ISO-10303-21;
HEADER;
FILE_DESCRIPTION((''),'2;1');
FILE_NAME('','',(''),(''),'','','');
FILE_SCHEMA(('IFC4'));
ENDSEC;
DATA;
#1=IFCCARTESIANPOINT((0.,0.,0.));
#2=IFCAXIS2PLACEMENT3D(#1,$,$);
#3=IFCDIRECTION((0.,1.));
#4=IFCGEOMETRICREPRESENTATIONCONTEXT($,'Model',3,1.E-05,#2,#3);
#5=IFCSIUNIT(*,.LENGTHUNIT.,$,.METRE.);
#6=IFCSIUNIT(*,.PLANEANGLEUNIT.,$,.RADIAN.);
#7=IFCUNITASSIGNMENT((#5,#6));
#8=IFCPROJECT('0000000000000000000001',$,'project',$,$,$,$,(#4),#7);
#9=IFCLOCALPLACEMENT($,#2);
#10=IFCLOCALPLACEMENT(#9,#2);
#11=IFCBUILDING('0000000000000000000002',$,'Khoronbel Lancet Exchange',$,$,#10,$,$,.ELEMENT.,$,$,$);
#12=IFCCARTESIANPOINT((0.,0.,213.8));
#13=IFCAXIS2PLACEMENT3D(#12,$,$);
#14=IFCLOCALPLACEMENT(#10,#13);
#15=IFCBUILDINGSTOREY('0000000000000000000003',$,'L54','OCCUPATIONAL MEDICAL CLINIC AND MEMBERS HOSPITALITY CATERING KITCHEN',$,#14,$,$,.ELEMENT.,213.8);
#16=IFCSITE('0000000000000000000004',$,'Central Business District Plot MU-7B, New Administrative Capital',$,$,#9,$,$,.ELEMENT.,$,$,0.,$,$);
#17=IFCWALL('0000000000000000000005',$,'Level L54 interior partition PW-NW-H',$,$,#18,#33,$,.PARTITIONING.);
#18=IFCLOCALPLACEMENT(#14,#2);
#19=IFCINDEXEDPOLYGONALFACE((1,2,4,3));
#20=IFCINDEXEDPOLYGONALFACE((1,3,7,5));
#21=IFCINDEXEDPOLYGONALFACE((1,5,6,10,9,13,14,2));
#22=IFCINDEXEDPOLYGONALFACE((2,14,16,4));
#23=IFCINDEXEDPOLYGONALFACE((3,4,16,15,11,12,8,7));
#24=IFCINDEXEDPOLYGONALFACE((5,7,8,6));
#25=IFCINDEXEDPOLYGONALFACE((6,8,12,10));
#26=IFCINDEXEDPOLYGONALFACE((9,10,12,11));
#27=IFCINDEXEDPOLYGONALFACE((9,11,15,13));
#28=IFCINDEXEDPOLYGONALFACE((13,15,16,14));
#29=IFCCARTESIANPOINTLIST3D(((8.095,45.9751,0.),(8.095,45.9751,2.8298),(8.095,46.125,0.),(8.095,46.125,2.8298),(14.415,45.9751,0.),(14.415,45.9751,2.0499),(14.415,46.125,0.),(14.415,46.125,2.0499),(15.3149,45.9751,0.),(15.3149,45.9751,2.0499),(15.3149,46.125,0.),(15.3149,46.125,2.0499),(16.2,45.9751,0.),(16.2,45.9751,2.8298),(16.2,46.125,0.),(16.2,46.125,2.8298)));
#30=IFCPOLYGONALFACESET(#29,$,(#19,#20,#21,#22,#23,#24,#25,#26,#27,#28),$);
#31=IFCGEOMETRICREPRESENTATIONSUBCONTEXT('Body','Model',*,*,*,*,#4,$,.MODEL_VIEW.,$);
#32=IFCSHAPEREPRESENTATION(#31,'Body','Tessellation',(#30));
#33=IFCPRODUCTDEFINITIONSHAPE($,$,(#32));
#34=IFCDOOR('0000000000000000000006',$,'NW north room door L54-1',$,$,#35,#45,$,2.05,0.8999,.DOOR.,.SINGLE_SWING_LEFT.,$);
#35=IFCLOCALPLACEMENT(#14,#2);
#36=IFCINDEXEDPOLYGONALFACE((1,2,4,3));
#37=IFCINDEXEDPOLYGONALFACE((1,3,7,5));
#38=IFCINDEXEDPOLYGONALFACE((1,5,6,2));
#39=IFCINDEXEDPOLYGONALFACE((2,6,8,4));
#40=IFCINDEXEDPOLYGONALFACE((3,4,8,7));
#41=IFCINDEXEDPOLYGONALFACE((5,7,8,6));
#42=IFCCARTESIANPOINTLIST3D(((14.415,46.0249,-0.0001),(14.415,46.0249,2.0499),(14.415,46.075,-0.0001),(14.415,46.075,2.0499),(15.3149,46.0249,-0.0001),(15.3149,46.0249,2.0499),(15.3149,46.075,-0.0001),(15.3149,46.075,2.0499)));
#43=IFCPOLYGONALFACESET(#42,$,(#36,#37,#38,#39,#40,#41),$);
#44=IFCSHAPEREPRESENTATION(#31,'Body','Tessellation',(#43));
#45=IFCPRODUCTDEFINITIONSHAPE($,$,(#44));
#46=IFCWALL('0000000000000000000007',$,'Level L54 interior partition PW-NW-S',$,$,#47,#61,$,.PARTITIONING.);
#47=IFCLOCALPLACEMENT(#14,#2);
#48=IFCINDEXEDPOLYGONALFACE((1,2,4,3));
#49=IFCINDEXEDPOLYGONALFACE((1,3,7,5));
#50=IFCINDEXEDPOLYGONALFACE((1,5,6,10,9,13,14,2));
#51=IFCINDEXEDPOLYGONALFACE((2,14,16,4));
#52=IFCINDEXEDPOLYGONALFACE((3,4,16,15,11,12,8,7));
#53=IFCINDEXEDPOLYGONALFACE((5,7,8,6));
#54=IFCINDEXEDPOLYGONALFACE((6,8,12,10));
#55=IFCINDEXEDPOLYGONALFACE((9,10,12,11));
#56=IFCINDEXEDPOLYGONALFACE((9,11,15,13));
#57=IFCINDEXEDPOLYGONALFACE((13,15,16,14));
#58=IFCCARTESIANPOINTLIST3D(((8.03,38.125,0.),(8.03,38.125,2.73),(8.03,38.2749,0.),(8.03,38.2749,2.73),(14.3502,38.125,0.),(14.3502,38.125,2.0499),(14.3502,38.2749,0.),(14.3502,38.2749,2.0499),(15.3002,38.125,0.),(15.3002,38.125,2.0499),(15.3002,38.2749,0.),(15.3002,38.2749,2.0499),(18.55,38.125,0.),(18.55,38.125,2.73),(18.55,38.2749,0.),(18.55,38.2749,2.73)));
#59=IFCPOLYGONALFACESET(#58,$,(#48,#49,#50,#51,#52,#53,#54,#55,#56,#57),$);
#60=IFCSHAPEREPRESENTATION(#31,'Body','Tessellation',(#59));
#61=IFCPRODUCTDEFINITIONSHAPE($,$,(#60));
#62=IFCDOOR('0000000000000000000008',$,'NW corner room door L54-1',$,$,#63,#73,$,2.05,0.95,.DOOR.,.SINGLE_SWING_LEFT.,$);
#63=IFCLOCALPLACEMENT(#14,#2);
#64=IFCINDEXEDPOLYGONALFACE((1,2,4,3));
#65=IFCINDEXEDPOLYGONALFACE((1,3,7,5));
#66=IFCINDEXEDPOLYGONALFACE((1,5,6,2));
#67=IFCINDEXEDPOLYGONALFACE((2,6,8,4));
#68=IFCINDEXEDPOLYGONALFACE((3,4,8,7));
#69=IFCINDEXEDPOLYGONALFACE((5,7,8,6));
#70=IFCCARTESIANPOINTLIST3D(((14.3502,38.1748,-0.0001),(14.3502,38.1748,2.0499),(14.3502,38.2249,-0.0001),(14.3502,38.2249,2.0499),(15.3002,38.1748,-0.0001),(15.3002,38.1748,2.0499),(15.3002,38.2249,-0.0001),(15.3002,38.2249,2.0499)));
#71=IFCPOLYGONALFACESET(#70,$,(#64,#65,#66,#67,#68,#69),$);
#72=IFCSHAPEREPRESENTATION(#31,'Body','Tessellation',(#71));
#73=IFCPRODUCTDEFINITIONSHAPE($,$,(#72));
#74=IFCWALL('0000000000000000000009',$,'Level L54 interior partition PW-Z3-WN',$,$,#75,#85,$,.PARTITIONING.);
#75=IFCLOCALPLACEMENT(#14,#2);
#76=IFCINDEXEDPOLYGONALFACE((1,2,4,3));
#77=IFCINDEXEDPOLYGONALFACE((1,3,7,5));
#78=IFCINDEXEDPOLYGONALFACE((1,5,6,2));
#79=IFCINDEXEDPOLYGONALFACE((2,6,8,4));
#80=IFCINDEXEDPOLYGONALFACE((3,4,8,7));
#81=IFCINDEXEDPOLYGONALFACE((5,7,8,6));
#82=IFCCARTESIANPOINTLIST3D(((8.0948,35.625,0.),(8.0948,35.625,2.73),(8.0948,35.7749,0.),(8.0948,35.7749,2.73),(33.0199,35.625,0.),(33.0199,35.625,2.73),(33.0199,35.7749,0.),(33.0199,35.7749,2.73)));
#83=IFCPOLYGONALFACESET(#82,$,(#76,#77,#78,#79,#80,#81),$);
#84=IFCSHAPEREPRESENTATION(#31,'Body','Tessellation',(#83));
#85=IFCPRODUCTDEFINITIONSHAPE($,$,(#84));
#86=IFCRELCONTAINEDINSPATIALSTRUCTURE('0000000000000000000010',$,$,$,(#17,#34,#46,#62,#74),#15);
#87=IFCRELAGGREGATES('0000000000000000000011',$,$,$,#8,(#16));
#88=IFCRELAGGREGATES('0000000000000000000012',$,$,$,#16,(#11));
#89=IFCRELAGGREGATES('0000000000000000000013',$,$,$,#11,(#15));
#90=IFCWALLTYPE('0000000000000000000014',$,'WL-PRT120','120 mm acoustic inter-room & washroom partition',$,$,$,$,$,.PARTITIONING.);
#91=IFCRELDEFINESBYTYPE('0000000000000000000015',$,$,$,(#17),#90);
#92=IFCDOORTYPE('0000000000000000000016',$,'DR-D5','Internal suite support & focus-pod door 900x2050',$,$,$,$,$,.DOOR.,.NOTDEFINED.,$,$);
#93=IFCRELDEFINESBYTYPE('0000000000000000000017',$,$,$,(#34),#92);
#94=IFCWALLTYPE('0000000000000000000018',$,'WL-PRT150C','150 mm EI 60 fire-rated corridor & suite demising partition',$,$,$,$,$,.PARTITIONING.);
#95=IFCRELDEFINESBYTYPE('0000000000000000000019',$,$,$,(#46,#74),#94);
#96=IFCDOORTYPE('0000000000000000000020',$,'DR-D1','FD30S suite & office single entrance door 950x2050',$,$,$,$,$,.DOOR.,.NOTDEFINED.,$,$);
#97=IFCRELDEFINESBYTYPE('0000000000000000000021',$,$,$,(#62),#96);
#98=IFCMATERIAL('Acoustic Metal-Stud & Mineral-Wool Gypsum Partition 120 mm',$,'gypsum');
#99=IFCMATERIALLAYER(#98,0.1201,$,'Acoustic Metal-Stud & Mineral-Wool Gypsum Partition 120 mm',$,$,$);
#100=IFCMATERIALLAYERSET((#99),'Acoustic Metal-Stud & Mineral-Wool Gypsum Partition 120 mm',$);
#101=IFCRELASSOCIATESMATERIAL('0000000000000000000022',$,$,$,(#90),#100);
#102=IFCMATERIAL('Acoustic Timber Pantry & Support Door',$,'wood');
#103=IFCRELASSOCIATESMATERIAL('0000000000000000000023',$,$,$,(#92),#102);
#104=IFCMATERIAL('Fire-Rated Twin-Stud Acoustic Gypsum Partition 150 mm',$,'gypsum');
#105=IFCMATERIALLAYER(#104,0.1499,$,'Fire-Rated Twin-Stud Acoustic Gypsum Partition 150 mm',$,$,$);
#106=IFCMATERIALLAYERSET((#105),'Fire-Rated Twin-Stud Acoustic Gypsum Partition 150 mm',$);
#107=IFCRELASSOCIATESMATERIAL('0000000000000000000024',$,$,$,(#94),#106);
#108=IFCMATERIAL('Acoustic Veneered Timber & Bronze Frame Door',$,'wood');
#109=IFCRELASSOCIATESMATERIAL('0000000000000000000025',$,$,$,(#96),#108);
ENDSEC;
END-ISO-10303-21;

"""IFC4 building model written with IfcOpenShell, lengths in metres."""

from ifc_helpers import new_model, si_unit, direction, frame, frame_2d, origin, place, context, subcontext, project, spatial, rectangle, extrude, material, layer, layer_set, type_object, element, fill, save


model = new_model("IFC4")

# Units and contexts
model_context = context("Model", 3, precision=1e-05, world=origin(), true_north=direction((0.0, 1.0)))
body_context = subcontext(model_context, "Body", "Model", "MODEL_VIEW")
ifc_project = project(units=[si_unit("LENGTHUNIT", "METRE"), si_unit("PLANEANGLEUNIT", "RADIAN")], contexts=[model_context])

# Site, building, storey
site_placement = place(None, origin())
site = spatial("IfcSite", under=ifc_project, at=site_placement, Name="Central Business District Plot MU-7B, New Administrative Capital", CompositionType="ELEMENT", RefElevation=0.0)
building_placement = place(site_placement, origin())
building = spatial("IfcBuilding", under=site, at=building_placement, Name="Khoronbel Lancet Exchange", CompositionType="ELEMENT")
storey_placement = place(building_placement, frame((0.0, 0.0, 213.8)))
storey = spatial("IfcBuildingStorey", under=building, at=storey_placement, Name="L54", Description="OCCUPATIONAL MEDICAL CLINIC AND MEMBERS HOSPITALITY CATERING KITCHEN", CompositionType="ELEMENT", Elevation=213.8)

# Walls, openings, doors
ifc_material_1 = material(Name="Acoustic Metal-Stud & Mineral-Wool Gypsum Partition 120 mm", Category="gypsum")
ifc_layer_1 = layer(ifc_material_1, 0.1201, Name="Acoustic Metal-Stud & Mineral-Wool Gypsum Partition 120 mm")
ifc_layer_set_1 = layer_set([ifc_layer_1], Name="Acoustic Metal-Stud & Mineral-Wool Gypsum Partition 120 mm")
wall_type_1 = type_object("IfcWallType", Name="WL-PRT120", Description="120 mm acoustic inter-room & washroom partition", PredefinedType="PARTITIONING", material=ifc_layer_set_1)
wall_1_placement = place(storey_placement, frame((8.095, 46.05, 0.0), z_axis=(0.0, 0.0, 1.0), x_axis=(1.0, 0.0, 0.0)))
wall_1 = element("IfcWall", 1, at=wall_1_placement, inside=storey, type_object=wall_type_1, Name="Level L54 interior partition PW-NW-H", PredefinedType="PARTITIONING", context=body_context, shape_type="SweptSolid", body=[
    extrude(rectangle(XDim=8.105, YDim=0.1499, at=frame_2d((4.0525, 0.0))), origin(), (0.0, 0.0, 1.0), 2.8298),
])
opening_1_placement = place(wall_1_placement, frame((6.3201, 0.0, 0.0)))
opening_1 = element("IfcOpeningElement", 2, at=opening_1_placement, cuts=wall_1, PredefinedType="OPENING", context=body_context, shape_type="SweptSolid", body=[
    extrude(rectangle(XDim=0.8999, YDim=2.05, at=frame_2d((0.45, 1.0249))), frame((0.0, 0.085, 0.0), z_axis=(0.0, -1.0, 0.0), x_axis=(1.0, 0.0, 0.0)), (0.0, 0.0, 1.0), 0.1699),
])
ifc_material_2 = material(Name="Acoustic Timber Pantry & Support Door", Category="wood")
door_type_1 = type_object("IfcDoorType", Name="DR-D5", Description="Internal suite support & focus-pod door 900x2050", OperationType="NOTDEFINED", PredefinedType="DOOR", material=ifc_material_2)
door_1_placement = place(opening_1_placement, origin())
door_1 = element("IfcDoor", 3, at=door_1_placement, inside=storey, type_object=door_type_1, Name="NW north room door L54-1", OperationType="SINGLE_SWING_LEFT", OverallHeight=2.05, OverallWidth=0.8999, PredefinedType="DOOR", context=body_context, shape_type="SweptSolid", body=[
    extrude(rectangle(XDim=0.8999, YDim=2.05, at=frame_2d((0.45, 1.0249))), frame((0.0, 0.0249, 0.0), z_axis=(0.0, -1.0, 0.0), x_axis=(1.0, 0.0, 0.0)), (0.0, 0.0, 1.0), 0.05),
])
fill(opening_1, door_1)
ifc_material_3 = material(Name="Fire-Rated Twin-Stud Acoustic Gypsum Partition 150 mm", Category="gypsum")
ifc_layer_2 = layer(ifc_material_3, 0.1499, Name="Fire-Rated Twin-Stud Acoustic Gypsum Partition 150 mm")
ifc_layer_set_2 = layer_set([ifc_layer_2], Name="Fire-Rated Twin-Stud Acoustic Gypsum Partition 150 mm")
wall_type_2 = type_object("IfcWallType", Name="WL-PRT150C", Description="150 mm EI 60 fire-rated corridor & suite demising partition", PredefinedType="PARTITIONING", material=ifc_layer_set_2)
wall_2_placement = place(storey_placement, frame((8.03, 38.2, 0.0), z_axis=(0.0, 0.0, 1.0), x_axis=(1.0, 0.0, 0.0)))
wall_2 = element("IfcWall", 4, at=wall_2_placement, inside=storey, type_object=wall_type_2, Name="Level L54 interior partition PW-NW-S", PredefinedType="PARTITIONING", context=body_context, shape_type="SweptSolid", body=[
    extrude(rectangle(XDim=10.52, YDim=0.1499, at=frame_2d((5.26, 0.0))), origin(), (0.0, 0.0, 1.0), 2.73),
])
opening_2_placement = place(wall_2_placement, frame((6.3201, 0.0, 0.0)))
opening_2 = element("IfcOpeningElement", 5, at=opening_2_placement, cuts=wall_2, PredefinedType="OPENING", context=body_context, shape_type="SweptSolid", body=[
    extrude(rectangle(XDim=0.95, YDim=2.05, at=frame_2d((0.4751, 1.0249))), frame((0.0, 0.085, 0.0), z_axis=(0.0, -1.0, 0.0), x_axis=(1.0, 0.0, 0.0)), (0.0, 0.0, 1.0), 0.1699),
])
ifc_material_4 = material(Name="Acoustic Veneered Timber & Bronze Frame Door", Category="wood")
door_type_2 = type_object("IfcDoorType", Name="DR-D1", Description="FD30S suite & office single entrance door 950x2050", OperationType="NOTDEFINED", PredefinedType="DOOR", material=ifc_material_4)
door_2_placement = place(opening_2_placement, origin())
door_2 = element("IfcDoor", 6, at=door_2_placement, inside=storey, type_object=door_type_2, Name="NW corner room door L54-1", OperationType="SINGLE_SWING_LEFT", OverallHeight=2.05, OverallWidth=0.95, PredefinedType="DOOR", context=body_context, shape_type="SweptSolid", body=[
    extrude(rectangle(XDim=0.95, YDim=2.05, at=frame_2d((0.4751, 1.0249))), frame((0.0, 0.0249, 0.0), z_axis=(0.0, -1.0, 0.0), x_axis=(1.0, 0.0, 0.0)), (0.0, 0.0, 1.0), 0.05),
])
fill(opening_2, door_2)

# Wall
wall_3_placement = place(storey_placement, frame((8.095, 35.7, 0.0), z_axis=(0.0, 0.0, 1.0), x_axis=(1.0, 0.0, 0.0)))
element("IfcWall", 7, at=wall_3_placement, inside=storey, type_object=wall_type_2, Name="Level L54 interior partition PW-Z3-WN", PredefinedType="PARTITIONING", context=body_context, shape_type="SweptSolid", body=[
    extrude(rectangle(XDim=24.925, YDim=0.1499, at=frame_2d((12.4624, 0.0))), origin(), (0.0, 0.0, 1.0), 2.73),
])

save(model, "model.ifc")
